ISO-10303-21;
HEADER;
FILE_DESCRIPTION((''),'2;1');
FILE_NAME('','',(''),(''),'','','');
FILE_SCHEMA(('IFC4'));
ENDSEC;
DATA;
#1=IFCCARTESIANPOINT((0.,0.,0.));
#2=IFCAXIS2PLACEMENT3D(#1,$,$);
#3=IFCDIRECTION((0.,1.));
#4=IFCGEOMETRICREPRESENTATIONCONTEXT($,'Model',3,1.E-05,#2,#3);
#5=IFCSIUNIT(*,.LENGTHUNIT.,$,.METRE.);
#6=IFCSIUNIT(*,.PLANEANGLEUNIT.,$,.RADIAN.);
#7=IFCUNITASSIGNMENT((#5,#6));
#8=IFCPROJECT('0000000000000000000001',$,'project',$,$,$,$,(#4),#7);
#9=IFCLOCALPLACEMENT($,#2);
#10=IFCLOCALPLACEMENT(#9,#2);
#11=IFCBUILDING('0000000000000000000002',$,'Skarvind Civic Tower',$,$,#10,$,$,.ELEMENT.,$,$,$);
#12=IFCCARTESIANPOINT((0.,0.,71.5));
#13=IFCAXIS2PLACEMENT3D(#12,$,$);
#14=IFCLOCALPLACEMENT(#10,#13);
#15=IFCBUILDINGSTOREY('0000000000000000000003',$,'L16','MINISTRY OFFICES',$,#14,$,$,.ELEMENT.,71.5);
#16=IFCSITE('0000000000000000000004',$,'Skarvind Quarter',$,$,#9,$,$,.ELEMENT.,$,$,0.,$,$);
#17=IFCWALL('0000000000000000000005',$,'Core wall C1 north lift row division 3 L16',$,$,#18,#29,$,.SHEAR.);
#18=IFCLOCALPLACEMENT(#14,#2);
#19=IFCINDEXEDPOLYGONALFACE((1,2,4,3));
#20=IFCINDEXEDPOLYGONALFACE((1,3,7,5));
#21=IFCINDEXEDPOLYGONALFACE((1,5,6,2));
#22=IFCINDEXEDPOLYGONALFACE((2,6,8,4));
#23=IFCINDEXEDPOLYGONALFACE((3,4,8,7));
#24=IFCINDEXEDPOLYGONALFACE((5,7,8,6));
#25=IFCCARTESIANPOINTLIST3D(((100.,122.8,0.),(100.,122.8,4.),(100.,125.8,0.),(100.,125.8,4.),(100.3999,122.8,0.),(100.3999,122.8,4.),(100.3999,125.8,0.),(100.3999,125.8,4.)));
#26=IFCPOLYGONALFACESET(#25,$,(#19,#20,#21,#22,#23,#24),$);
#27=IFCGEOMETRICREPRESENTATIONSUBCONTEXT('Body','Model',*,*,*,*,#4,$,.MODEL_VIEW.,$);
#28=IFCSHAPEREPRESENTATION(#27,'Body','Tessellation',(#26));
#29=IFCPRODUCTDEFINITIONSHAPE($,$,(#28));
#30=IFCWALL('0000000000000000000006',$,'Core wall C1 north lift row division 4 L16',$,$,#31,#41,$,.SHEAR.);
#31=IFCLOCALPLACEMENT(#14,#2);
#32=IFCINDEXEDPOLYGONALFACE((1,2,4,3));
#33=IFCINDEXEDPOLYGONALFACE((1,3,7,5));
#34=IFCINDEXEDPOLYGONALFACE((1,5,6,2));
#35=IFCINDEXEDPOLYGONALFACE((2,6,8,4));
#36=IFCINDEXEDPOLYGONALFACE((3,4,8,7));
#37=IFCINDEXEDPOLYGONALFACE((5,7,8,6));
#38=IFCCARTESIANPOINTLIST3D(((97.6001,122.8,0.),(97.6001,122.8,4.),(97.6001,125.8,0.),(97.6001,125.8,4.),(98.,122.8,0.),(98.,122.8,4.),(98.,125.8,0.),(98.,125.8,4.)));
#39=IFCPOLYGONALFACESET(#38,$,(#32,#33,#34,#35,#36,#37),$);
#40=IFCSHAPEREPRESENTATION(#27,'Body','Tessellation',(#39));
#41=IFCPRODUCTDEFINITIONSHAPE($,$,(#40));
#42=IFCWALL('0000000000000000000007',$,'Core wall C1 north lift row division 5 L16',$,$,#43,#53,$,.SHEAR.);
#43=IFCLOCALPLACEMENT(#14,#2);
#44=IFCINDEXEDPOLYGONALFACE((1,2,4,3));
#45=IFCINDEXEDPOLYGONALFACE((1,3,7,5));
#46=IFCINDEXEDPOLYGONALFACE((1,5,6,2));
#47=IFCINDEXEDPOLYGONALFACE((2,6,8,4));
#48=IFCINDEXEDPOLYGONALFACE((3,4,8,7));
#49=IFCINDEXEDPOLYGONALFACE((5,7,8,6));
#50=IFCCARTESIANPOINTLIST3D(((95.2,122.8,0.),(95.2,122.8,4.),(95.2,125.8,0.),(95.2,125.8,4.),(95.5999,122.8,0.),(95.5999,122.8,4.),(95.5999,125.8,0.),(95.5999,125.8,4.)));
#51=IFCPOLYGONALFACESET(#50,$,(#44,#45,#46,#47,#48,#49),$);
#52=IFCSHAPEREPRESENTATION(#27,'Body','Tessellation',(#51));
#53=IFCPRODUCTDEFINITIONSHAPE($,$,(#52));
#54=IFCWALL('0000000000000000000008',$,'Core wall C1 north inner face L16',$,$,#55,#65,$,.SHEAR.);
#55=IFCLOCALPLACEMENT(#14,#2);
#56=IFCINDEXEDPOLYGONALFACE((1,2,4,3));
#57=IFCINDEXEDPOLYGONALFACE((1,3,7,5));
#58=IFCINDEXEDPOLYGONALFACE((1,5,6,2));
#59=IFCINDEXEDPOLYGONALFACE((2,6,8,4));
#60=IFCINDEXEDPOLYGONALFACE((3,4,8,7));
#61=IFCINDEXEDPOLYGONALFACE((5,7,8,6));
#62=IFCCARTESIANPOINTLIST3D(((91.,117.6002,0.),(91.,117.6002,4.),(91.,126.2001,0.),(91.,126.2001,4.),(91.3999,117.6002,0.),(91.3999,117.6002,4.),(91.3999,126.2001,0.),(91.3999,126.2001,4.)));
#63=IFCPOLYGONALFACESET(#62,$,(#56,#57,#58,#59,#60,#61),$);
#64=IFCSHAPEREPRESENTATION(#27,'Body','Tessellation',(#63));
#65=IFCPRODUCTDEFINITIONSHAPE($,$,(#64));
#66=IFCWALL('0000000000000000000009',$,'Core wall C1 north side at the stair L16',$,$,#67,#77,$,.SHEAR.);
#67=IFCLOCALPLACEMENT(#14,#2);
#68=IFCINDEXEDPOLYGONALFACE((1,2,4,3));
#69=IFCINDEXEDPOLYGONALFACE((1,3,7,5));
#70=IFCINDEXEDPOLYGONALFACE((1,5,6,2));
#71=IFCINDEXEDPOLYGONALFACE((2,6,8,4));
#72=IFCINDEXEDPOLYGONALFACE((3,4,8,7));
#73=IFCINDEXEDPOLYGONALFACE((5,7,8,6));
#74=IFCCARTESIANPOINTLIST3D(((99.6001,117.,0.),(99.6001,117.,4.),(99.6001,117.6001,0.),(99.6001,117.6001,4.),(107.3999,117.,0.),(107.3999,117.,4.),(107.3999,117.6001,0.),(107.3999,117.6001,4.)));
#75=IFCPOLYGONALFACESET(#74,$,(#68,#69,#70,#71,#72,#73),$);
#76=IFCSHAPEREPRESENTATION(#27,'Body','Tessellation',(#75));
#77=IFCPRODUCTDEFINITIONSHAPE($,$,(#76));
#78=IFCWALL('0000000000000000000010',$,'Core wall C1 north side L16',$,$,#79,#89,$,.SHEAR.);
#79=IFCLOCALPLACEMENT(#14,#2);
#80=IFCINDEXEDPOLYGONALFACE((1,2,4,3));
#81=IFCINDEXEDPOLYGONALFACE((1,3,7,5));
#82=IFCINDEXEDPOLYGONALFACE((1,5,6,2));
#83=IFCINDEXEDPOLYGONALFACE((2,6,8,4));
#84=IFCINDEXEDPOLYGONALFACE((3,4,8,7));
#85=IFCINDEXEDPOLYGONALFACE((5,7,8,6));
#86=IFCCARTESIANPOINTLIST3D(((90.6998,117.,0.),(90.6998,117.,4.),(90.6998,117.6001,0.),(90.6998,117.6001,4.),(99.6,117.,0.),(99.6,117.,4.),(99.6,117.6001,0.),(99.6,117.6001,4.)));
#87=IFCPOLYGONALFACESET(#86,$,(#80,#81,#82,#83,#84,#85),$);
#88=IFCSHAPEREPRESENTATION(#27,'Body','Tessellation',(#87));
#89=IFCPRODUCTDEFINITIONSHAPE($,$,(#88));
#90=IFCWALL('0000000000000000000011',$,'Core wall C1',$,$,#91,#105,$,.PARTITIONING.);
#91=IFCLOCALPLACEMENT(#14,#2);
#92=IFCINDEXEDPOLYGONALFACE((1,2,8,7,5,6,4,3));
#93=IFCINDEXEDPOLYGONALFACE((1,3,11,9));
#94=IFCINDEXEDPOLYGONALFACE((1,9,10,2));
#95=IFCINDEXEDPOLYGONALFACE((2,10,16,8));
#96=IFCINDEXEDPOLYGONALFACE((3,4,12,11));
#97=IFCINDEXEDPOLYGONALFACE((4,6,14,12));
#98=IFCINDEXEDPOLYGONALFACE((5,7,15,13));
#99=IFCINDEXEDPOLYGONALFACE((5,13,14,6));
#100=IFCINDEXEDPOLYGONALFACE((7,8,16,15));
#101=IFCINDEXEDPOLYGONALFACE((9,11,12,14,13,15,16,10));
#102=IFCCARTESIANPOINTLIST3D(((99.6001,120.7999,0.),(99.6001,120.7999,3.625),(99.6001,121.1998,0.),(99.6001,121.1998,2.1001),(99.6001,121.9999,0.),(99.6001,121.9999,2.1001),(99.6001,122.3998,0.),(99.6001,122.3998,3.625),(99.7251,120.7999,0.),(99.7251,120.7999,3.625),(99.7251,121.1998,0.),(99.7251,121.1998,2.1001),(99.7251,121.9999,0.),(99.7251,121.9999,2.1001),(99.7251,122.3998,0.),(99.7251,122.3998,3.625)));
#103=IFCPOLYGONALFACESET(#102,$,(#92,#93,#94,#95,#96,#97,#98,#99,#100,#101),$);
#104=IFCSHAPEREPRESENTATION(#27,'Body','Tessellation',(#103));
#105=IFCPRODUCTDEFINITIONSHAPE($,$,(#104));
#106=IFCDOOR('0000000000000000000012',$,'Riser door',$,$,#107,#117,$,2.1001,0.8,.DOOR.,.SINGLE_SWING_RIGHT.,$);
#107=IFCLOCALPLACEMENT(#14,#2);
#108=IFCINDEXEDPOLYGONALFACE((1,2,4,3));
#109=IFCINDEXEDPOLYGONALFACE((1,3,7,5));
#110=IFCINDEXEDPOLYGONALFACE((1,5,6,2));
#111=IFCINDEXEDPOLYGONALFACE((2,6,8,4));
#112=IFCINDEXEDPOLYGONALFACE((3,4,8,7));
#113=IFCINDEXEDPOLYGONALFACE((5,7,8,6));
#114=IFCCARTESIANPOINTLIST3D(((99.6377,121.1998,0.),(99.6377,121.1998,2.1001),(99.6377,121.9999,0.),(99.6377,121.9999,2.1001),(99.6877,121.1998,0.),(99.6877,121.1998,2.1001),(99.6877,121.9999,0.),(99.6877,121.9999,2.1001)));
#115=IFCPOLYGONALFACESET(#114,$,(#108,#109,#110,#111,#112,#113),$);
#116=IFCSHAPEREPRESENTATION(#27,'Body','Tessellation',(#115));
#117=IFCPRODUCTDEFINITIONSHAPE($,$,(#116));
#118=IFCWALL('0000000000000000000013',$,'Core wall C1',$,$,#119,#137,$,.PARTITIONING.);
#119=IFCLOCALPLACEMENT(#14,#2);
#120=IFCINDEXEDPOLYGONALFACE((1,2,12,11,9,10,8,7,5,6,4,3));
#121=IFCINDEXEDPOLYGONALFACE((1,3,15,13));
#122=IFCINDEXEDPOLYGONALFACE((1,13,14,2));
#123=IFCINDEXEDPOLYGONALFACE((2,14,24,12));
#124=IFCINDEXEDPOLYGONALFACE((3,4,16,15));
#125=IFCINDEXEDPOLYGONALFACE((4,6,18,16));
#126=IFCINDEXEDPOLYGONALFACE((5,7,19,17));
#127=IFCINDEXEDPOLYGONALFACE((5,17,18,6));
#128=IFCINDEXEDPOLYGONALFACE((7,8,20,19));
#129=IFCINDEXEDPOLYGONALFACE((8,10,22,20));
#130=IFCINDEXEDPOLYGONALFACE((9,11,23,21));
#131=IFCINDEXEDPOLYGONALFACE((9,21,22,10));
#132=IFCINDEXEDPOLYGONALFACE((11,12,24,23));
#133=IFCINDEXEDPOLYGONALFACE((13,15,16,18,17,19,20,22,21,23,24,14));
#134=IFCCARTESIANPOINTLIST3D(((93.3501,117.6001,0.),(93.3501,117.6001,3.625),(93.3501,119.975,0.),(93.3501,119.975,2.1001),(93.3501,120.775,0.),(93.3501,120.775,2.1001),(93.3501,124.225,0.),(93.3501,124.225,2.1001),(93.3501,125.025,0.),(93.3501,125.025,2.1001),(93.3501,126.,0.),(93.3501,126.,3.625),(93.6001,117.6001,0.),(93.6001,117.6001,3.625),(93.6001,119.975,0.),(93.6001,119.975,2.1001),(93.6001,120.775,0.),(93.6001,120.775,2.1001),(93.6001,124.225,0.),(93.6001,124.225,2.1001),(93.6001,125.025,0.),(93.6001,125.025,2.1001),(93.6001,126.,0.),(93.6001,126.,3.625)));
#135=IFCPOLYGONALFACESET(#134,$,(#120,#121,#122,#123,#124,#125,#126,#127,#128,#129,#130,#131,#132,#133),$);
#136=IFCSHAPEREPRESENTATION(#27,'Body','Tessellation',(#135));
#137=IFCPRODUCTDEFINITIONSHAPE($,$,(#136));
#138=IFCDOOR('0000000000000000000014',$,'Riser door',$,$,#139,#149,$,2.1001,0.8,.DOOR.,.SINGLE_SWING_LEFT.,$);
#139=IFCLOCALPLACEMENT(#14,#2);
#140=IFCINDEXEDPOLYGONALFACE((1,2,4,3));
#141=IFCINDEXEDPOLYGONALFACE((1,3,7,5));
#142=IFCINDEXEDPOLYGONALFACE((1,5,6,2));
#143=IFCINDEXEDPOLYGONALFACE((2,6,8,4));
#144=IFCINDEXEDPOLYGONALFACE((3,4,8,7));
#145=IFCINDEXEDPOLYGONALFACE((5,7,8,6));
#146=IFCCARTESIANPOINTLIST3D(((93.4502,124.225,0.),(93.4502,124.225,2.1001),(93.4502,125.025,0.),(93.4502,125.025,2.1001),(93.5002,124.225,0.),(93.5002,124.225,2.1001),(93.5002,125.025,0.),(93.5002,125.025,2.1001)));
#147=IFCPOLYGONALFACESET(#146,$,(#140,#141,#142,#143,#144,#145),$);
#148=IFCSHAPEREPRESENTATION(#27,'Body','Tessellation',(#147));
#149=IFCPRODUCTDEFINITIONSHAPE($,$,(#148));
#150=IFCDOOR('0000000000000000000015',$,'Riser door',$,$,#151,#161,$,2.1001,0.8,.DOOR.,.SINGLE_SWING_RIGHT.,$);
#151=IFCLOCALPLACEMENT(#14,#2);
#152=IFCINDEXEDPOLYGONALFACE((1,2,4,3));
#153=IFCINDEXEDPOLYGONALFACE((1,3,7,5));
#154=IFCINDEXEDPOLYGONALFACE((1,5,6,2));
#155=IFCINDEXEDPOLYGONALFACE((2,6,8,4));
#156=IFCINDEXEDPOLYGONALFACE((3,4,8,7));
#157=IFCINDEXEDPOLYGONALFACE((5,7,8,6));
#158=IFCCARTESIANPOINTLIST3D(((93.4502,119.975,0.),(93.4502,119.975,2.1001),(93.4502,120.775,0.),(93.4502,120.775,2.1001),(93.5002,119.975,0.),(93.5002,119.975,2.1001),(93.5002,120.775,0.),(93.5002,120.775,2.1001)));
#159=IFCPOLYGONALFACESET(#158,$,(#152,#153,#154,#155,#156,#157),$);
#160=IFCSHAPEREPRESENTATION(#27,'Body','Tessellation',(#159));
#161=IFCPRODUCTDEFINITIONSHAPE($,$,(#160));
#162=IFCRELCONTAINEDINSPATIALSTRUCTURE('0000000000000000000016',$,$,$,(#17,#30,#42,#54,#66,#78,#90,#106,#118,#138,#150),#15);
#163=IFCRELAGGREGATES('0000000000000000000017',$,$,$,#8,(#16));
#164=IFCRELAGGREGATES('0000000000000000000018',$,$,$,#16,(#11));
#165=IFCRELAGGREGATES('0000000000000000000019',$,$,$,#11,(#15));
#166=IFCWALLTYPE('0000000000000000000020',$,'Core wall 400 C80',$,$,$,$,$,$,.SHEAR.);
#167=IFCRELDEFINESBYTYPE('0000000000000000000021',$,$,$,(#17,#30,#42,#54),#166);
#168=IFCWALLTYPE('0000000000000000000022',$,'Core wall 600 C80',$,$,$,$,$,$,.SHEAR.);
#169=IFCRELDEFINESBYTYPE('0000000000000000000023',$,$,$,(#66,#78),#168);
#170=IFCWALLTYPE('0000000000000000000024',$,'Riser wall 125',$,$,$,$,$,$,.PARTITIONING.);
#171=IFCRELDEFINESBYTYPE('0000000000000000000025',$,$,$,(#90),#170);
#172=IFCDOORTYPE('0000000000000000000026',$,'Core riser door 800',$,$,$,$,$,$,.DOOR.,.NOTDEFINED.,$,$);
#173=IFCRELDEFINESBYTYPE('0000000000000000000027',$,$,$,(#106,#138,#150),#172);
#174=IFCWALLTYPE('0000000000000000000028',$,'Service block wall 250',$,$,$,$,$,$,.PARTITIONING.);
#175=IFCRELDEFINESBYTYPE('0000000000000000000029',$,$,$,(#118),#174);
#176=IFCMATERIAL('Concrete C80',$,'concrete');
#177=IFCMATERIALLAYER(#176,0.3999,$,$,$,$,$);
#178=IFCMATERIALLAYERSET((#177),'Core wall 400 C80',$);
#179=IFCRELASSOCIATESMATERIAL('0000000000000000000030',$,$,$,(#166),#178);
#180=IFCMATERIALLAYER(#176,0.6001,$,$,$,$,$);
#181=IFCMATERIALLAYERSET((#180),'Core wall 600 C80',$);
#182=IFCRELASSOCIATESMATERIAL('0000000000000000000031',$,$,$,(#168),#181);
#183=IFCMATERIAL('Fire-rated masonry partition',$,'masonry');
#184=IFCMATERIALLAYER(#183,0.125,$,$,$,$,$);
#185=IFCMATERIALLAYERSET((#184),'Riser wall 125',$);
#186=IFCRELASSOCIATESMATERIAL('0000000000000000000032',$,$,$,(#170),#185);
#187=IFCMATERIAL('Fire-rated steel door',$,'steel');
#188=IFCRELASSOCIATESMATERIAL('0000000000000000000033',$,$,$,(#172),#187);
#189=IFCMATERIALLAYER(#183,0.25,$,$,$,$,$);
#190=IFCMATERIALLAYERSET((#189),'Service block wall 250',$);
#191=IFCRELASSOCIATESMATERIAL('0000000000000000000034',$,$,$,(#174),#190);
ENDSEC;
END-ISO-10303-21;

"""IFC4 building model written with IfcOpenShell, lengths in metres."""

from ifc_helpers import new_model, si_unit, direction, frame, frame_2d, origin, place, context, subcontext, project, spatial, rectangle, extrude, material, layer, layer_set, type_object, element, fill, save


model = new_model("IFC4")

# Units and contexts
model_context = context("Model", 3, precision=1e-05, world=origin(), true_north=direction((0.0, 1.0)))
body_context = subcontext(model_context, "Body", "Model", "MODEL_VIEW")
ifc_project = project(units=[si_unit("LENGTHUNIT", "METRE"), si_unit("PLANEANGLEUNIT", "RADIAN")], contexts=[model_context])

# Site, building, storey
site_placement = place(None, origin())
site = spatial("IfcSite", under=ifc_project, at=site_placement, Name="Skarvind Quarter", CompositionType="ELEMENT", RefElevation=0.0)
building_placement = place(site_placement, origin())
building = spatial("IfcBuilding", under=site, at=building_placement, Name="Skarvind Civic Tower", CompositionType="ELEMENT")
storey_placement = place(building_placement, frame((0.0, 0.0, 71.5)))
storey = spatial("IfcBuildingStorey", under=building, at=storey_placement, Name="L16", Description="MINISTRY OFFICES", CompositionType="ELEMENT", Elevation=71.5)

# Shared definitions
ifc_material_1 = material(Name="Fire-rated masonry partition", Category="masonry")
ifc_material_2 = material(Name="Fire-rated steel door", Category="steel")

# Shared definitions
ifc_material_3 = material(Name="Concrete C80", Category="concrete")
ifc_layer_1 = layer(ifc_material_3, 0.3999)
ifc_layer_set_1 = layer_set([ifc_layer_1], Name="Core wall 400 C80")
wall_type_1 = type_object("IfcWallType", Name="Core wall 400 C80", PredefinedType="SHEAR", material=ifc_layer_set_1)

# Walls
for number, where, z_axis, x_axis, name in (
    (1, (100.2, 125.8, 0.0), (0.0, 0.0, 1.0), (0.0, -1.0, 0.0), "Core wall C1 north lift row division 3 L16"),
    (2, (97.8, 125.8, 0.0), (0.0, 0.0, 1.0), (0.0, -1.0, 0.0), "Core wall C1 north lift row division 4 L16"),
    (3, (95.3999, 125.8, 0.0), (0.0, 0.0, 1.0), (0.0, -1.0, 0.0), "Core wall C1 north lift row division 5 L16"),
):
    element("IfcWall", number, at=place(storey_placement, frame(where, z_axis=z_axis, x_axis=x_axis)), inside=storey, type_object=wall_type_1, Name=name, PredefinedType="SHEAR", context=body_context, shape_type="SweptSolid", body=[
        extrude(rectangle(XDim=3.0, YDim=0.3999, at=frame_2d((1.5, 0.0))), origin(), (0.0, 0.0, 1.0), 4.0),
    ])
wall_1_placement = place(storey_placement, frame((91.2, 126.2, 0.0), z_axis=(0.0, 0.0, 1.0), x_axis=(0.0, -1.0, 0.0)))
element("IfcWall", 4, at=wall_1_placement, inside=storey, type_object=wall_type_1, Name="Core wall C1 north inner face L16", PredefinedType="SHEAR", context=body_context, shape_type="SweptSolid", body=[
    extrude(rectangle(XDim=8.5999, YDim=0.3999, at=frame_2d((4.2998, 0.0))), origin(), (0.0, 0.0, 1.0), 4.0),
])
ifc_layer_2 = layer(ifc_material_3, 0.6001)
ifc_layer_set_2 = layer_set([ifc_layer_2], Name="Core wall 600 C80")
wall_type_2 = type_object("IfcWallType", Name="Core wall 600 C80", PredefinedType="SHEAR", material=ifc_layer_set_2)
wall_2_placement = place(storey_placement, frame((107.3999, 117.3, 0.0), z_axis=(0.0, 0.0, 1.0), x_axis=(-1.0, 0.0, 0.0)))
element("IfcWall", 5, at=wall_2_placement, inside=storey, type_object=wall_type_2, Name="Core wall C1 north side at the stair L16", PredefinedType="SHEAR", context=body_context, shape_type="SweptSolid", body=[
    extrude(rectangle(XDim=7.7998, YDim=0.6001, at=frame_2d((3.8999, 0.0))), origin(), (0.0, 0.0, 1.0), 4.0),
])
wall_3_placement = place(storey_placement, frame((99.6001, 117.3, 0.0), z_axis=(0.0, 0.0, 1.0), x_axis=(-1.0, 0.0, 0.0)))
element("IfcWall", 6, at=wall_3_placement, inside=storey, type_object=wall_type_2, Name="Core wall C1 north side L16", PredefinedType="SHEAR", context=body_context, shape_type="SweptSolid", body=[
    extrude(rectangle(XDim=8.9001, YDim=0.6001, at=frame_2d((4.4502, 0.0))), origin(), (0.0, 0.0, 1.0), 4.0),
])

# Wall, opening, door
ifc_layer_3 = layer(ifc_material_1, 0.125)
ifc_layer_set_3 = layer_set([ifc_layer_3], Name="Riser wall 125")
wall_type_3 = type_object("IfcWallType", Name="Riser wall 125", PredefinedType="PARTITIONING", material=ifc_layer_set_3)
wall_4_placement = place(storey_placement, frame((99.6626, 120.8, 0.0), z_axis=(0.0, 0.0, 1.0), x_axis=(0.0, 1.0, 0.0)))
wall_4 = element("IfcWall", 7, at=wall_4_placement, inside=storey, type_object=wall_type_3, Name="Core wall C1", PredefinedType="PARTITIONING", context=body_context, shape_type="SweptSolid", body=[
    extrude(rectangle(XDim=1.5999, YDim=0.125, at=frame_2d((0.7998, 0.0))), origin(), (0.0, 0.0, 1.0), 3.625),
])
opening_1_placement = place(wall_4_placement, frame((0.3999, 0.0, 0.0)))
opening_1 = element("IfcOpeningElement", 8, at=opening_1_placement, cuts=wall_4, PredefinedType="OPENING", context=body_context, shape_type="SweptSolid", body=[
    extrude(rectangle(XDim=0.8, YDim=2.1001, at=frame_2d((0.3999, 1.05))), frame((0.0, 0.0725, 0.0), z_axis=(0.0, -1.0, 0.0), x_axis=(1.0, 0.0, 0.0)), (0.0, 0.0, 1.0), 0.145),
])
door_type_1 = type_object("IfcDoorType", Name="Core riser door 800", OperationType="NOTDEFINED", PredefinedType="DOOR", material=ifc_material_2)
door_1_placement = place(opening_1_placement, origin())
door_1 = element("IfcDoor", 9, at=door_1_placement, inside=storey, type_object=door_type_1, Name="Riser door", OperationType="SINGLE_SWING_RIGHT", OverallHeight=2.1001, OverallWidth=0.8, PredefinedType="DOOR", context=body_context, shape_type="SweptSolid", body=[
    extrude(rectangle(XDim=0.8, YDim=2.1001, at=frame_2d((0.3999, 1.05))), frame((0.0, 0.0249, 0.0), z_axis=(0.0, -1.0, 0.0), x_axis=(1.0, 0.0, 0.0)), (0.0, 0.0, 1.0), 0.05),
])
fill(opening_1, door_1)

# Wall, openings, doors
ifc_layer_4 = layer(ifc_material_1, 0.25)
ifc_layer_set_4 = layer_set([ifc_layer_4], Name="Service block wall 250")
wall_type_4 = type_object("IfcWallType", Name="Service block wall 250", PredefinedType="PARTITIONING", material=ifc_layer_set_4)
wall_5_placement = place(storey_placement, frame((93.4751, 117.6001, 0.0), z_axis=(0.0, 0.0, 1.0), x_axis=(0.0, 1.0, 0.0)))
wall_5 = element("IfcWall", 10, at=wall_5_placement, inside=storey, type_object=wall_type_4, Name="Core wall C1", PredefinedType="PARTITIONING", context=body_context, shape_type="SweptSolid", body=[
    extrude(rectangle(XDim=8.3999, YDim=0.25, at=frame_2d((4.2, 0.0))), origin(), (0.0, 0.0, 1.0), 3.625),
])
opening_2_placement = place(wall_5_placement, frame((6.625, 0.0, 0.0)))
opening_2 = element("IfcOpeningElement", 11, at=opening_2_placement, cuts=wall_5, PredefinedType="OPENING", context=body_context, shape_type="SweptSolid", body=[
    extrude(rectangle(XDim=0.8, YDim=2.1001, at=frame_2d((0.3999, 1.05))), frame((0.0, 0.135, 0.0), z_axis=(0.0, -1.0, 0.0), x_axis=(1.0, 0.0, 0.0)), (0.0, 0.0, 1.0), 0.27),
])
opening_3_placement = place(wall_5_placement, frame((2.375, 0.0, 0.0)))
opening_3 = element("IfcOpeningElement", 12, at=opening_3_placement, cuts=wall_5, PredefinedType="OPENING", context=body_context, shape_type="SweptSolid", body=[
    extrude(rectangle(XDim=0.8, YDim=2.1001, at=frame_2d((0.3999, 1.05))), frame((0.0, 0.135, 0.0), z_axis=(0.0, -1.0, 0.0), x_axis=(1.0, 0.0, 0.0)), (0.0, 0.0, 1.0), 0.27),
])
door_2_placement = place(opening_2_placement, origin())
door_2 = element("IfcDoor", 13, at=door_2_placement, inside=storey, type_object=door_type_1, Name="Riser door", OperationType="SINGLE_SWING_LEFT", OverallHeight=2.1001, OverallWidth=0.8, PredefinedType="DOOR", context=body_context, shape_type="SweptSolid", body=[
    extrude(rectangle(XDim=0.8, YDim=2.1001, at=frame_2d((0.3999, 1.05))), frame((0.0, 0.0249, 0.0), z_axis=(0.0, -1.0, 0.0), x_axis=(1.0, 0.0, 0.0)), (0.0, 0.0, 1.0), 0.05),
])
fill(opening_2, door_2)
door_3_placement = place(opening_3_placement, origin())
door_3 = element("IfcDoor", 14, at=door_3_placement, inside=storey, type_object=door_type_1, Name="Riser door", OperationType="SINGLE_SWING_RIGHT", OverallHeight=2.1001, OverallWidth=0.8, PredefinedType="DOOR", context=body_context, shape_type="SweptSolid", body=[
    extrude(rectangle(XDim=0.8, YDim=2.1001, at=frame_2d((0.3999, 1.05))), frame((0.0, 0.0249, 0.0), z_axis=(0.0, -1.0, 0.0), x_axis=(1.0, 0.0, 0.0)), (0.0, 0.0, 1.0), 0.05),
])
fill(opening_3, door_3)

save(model, "model.ifc")
